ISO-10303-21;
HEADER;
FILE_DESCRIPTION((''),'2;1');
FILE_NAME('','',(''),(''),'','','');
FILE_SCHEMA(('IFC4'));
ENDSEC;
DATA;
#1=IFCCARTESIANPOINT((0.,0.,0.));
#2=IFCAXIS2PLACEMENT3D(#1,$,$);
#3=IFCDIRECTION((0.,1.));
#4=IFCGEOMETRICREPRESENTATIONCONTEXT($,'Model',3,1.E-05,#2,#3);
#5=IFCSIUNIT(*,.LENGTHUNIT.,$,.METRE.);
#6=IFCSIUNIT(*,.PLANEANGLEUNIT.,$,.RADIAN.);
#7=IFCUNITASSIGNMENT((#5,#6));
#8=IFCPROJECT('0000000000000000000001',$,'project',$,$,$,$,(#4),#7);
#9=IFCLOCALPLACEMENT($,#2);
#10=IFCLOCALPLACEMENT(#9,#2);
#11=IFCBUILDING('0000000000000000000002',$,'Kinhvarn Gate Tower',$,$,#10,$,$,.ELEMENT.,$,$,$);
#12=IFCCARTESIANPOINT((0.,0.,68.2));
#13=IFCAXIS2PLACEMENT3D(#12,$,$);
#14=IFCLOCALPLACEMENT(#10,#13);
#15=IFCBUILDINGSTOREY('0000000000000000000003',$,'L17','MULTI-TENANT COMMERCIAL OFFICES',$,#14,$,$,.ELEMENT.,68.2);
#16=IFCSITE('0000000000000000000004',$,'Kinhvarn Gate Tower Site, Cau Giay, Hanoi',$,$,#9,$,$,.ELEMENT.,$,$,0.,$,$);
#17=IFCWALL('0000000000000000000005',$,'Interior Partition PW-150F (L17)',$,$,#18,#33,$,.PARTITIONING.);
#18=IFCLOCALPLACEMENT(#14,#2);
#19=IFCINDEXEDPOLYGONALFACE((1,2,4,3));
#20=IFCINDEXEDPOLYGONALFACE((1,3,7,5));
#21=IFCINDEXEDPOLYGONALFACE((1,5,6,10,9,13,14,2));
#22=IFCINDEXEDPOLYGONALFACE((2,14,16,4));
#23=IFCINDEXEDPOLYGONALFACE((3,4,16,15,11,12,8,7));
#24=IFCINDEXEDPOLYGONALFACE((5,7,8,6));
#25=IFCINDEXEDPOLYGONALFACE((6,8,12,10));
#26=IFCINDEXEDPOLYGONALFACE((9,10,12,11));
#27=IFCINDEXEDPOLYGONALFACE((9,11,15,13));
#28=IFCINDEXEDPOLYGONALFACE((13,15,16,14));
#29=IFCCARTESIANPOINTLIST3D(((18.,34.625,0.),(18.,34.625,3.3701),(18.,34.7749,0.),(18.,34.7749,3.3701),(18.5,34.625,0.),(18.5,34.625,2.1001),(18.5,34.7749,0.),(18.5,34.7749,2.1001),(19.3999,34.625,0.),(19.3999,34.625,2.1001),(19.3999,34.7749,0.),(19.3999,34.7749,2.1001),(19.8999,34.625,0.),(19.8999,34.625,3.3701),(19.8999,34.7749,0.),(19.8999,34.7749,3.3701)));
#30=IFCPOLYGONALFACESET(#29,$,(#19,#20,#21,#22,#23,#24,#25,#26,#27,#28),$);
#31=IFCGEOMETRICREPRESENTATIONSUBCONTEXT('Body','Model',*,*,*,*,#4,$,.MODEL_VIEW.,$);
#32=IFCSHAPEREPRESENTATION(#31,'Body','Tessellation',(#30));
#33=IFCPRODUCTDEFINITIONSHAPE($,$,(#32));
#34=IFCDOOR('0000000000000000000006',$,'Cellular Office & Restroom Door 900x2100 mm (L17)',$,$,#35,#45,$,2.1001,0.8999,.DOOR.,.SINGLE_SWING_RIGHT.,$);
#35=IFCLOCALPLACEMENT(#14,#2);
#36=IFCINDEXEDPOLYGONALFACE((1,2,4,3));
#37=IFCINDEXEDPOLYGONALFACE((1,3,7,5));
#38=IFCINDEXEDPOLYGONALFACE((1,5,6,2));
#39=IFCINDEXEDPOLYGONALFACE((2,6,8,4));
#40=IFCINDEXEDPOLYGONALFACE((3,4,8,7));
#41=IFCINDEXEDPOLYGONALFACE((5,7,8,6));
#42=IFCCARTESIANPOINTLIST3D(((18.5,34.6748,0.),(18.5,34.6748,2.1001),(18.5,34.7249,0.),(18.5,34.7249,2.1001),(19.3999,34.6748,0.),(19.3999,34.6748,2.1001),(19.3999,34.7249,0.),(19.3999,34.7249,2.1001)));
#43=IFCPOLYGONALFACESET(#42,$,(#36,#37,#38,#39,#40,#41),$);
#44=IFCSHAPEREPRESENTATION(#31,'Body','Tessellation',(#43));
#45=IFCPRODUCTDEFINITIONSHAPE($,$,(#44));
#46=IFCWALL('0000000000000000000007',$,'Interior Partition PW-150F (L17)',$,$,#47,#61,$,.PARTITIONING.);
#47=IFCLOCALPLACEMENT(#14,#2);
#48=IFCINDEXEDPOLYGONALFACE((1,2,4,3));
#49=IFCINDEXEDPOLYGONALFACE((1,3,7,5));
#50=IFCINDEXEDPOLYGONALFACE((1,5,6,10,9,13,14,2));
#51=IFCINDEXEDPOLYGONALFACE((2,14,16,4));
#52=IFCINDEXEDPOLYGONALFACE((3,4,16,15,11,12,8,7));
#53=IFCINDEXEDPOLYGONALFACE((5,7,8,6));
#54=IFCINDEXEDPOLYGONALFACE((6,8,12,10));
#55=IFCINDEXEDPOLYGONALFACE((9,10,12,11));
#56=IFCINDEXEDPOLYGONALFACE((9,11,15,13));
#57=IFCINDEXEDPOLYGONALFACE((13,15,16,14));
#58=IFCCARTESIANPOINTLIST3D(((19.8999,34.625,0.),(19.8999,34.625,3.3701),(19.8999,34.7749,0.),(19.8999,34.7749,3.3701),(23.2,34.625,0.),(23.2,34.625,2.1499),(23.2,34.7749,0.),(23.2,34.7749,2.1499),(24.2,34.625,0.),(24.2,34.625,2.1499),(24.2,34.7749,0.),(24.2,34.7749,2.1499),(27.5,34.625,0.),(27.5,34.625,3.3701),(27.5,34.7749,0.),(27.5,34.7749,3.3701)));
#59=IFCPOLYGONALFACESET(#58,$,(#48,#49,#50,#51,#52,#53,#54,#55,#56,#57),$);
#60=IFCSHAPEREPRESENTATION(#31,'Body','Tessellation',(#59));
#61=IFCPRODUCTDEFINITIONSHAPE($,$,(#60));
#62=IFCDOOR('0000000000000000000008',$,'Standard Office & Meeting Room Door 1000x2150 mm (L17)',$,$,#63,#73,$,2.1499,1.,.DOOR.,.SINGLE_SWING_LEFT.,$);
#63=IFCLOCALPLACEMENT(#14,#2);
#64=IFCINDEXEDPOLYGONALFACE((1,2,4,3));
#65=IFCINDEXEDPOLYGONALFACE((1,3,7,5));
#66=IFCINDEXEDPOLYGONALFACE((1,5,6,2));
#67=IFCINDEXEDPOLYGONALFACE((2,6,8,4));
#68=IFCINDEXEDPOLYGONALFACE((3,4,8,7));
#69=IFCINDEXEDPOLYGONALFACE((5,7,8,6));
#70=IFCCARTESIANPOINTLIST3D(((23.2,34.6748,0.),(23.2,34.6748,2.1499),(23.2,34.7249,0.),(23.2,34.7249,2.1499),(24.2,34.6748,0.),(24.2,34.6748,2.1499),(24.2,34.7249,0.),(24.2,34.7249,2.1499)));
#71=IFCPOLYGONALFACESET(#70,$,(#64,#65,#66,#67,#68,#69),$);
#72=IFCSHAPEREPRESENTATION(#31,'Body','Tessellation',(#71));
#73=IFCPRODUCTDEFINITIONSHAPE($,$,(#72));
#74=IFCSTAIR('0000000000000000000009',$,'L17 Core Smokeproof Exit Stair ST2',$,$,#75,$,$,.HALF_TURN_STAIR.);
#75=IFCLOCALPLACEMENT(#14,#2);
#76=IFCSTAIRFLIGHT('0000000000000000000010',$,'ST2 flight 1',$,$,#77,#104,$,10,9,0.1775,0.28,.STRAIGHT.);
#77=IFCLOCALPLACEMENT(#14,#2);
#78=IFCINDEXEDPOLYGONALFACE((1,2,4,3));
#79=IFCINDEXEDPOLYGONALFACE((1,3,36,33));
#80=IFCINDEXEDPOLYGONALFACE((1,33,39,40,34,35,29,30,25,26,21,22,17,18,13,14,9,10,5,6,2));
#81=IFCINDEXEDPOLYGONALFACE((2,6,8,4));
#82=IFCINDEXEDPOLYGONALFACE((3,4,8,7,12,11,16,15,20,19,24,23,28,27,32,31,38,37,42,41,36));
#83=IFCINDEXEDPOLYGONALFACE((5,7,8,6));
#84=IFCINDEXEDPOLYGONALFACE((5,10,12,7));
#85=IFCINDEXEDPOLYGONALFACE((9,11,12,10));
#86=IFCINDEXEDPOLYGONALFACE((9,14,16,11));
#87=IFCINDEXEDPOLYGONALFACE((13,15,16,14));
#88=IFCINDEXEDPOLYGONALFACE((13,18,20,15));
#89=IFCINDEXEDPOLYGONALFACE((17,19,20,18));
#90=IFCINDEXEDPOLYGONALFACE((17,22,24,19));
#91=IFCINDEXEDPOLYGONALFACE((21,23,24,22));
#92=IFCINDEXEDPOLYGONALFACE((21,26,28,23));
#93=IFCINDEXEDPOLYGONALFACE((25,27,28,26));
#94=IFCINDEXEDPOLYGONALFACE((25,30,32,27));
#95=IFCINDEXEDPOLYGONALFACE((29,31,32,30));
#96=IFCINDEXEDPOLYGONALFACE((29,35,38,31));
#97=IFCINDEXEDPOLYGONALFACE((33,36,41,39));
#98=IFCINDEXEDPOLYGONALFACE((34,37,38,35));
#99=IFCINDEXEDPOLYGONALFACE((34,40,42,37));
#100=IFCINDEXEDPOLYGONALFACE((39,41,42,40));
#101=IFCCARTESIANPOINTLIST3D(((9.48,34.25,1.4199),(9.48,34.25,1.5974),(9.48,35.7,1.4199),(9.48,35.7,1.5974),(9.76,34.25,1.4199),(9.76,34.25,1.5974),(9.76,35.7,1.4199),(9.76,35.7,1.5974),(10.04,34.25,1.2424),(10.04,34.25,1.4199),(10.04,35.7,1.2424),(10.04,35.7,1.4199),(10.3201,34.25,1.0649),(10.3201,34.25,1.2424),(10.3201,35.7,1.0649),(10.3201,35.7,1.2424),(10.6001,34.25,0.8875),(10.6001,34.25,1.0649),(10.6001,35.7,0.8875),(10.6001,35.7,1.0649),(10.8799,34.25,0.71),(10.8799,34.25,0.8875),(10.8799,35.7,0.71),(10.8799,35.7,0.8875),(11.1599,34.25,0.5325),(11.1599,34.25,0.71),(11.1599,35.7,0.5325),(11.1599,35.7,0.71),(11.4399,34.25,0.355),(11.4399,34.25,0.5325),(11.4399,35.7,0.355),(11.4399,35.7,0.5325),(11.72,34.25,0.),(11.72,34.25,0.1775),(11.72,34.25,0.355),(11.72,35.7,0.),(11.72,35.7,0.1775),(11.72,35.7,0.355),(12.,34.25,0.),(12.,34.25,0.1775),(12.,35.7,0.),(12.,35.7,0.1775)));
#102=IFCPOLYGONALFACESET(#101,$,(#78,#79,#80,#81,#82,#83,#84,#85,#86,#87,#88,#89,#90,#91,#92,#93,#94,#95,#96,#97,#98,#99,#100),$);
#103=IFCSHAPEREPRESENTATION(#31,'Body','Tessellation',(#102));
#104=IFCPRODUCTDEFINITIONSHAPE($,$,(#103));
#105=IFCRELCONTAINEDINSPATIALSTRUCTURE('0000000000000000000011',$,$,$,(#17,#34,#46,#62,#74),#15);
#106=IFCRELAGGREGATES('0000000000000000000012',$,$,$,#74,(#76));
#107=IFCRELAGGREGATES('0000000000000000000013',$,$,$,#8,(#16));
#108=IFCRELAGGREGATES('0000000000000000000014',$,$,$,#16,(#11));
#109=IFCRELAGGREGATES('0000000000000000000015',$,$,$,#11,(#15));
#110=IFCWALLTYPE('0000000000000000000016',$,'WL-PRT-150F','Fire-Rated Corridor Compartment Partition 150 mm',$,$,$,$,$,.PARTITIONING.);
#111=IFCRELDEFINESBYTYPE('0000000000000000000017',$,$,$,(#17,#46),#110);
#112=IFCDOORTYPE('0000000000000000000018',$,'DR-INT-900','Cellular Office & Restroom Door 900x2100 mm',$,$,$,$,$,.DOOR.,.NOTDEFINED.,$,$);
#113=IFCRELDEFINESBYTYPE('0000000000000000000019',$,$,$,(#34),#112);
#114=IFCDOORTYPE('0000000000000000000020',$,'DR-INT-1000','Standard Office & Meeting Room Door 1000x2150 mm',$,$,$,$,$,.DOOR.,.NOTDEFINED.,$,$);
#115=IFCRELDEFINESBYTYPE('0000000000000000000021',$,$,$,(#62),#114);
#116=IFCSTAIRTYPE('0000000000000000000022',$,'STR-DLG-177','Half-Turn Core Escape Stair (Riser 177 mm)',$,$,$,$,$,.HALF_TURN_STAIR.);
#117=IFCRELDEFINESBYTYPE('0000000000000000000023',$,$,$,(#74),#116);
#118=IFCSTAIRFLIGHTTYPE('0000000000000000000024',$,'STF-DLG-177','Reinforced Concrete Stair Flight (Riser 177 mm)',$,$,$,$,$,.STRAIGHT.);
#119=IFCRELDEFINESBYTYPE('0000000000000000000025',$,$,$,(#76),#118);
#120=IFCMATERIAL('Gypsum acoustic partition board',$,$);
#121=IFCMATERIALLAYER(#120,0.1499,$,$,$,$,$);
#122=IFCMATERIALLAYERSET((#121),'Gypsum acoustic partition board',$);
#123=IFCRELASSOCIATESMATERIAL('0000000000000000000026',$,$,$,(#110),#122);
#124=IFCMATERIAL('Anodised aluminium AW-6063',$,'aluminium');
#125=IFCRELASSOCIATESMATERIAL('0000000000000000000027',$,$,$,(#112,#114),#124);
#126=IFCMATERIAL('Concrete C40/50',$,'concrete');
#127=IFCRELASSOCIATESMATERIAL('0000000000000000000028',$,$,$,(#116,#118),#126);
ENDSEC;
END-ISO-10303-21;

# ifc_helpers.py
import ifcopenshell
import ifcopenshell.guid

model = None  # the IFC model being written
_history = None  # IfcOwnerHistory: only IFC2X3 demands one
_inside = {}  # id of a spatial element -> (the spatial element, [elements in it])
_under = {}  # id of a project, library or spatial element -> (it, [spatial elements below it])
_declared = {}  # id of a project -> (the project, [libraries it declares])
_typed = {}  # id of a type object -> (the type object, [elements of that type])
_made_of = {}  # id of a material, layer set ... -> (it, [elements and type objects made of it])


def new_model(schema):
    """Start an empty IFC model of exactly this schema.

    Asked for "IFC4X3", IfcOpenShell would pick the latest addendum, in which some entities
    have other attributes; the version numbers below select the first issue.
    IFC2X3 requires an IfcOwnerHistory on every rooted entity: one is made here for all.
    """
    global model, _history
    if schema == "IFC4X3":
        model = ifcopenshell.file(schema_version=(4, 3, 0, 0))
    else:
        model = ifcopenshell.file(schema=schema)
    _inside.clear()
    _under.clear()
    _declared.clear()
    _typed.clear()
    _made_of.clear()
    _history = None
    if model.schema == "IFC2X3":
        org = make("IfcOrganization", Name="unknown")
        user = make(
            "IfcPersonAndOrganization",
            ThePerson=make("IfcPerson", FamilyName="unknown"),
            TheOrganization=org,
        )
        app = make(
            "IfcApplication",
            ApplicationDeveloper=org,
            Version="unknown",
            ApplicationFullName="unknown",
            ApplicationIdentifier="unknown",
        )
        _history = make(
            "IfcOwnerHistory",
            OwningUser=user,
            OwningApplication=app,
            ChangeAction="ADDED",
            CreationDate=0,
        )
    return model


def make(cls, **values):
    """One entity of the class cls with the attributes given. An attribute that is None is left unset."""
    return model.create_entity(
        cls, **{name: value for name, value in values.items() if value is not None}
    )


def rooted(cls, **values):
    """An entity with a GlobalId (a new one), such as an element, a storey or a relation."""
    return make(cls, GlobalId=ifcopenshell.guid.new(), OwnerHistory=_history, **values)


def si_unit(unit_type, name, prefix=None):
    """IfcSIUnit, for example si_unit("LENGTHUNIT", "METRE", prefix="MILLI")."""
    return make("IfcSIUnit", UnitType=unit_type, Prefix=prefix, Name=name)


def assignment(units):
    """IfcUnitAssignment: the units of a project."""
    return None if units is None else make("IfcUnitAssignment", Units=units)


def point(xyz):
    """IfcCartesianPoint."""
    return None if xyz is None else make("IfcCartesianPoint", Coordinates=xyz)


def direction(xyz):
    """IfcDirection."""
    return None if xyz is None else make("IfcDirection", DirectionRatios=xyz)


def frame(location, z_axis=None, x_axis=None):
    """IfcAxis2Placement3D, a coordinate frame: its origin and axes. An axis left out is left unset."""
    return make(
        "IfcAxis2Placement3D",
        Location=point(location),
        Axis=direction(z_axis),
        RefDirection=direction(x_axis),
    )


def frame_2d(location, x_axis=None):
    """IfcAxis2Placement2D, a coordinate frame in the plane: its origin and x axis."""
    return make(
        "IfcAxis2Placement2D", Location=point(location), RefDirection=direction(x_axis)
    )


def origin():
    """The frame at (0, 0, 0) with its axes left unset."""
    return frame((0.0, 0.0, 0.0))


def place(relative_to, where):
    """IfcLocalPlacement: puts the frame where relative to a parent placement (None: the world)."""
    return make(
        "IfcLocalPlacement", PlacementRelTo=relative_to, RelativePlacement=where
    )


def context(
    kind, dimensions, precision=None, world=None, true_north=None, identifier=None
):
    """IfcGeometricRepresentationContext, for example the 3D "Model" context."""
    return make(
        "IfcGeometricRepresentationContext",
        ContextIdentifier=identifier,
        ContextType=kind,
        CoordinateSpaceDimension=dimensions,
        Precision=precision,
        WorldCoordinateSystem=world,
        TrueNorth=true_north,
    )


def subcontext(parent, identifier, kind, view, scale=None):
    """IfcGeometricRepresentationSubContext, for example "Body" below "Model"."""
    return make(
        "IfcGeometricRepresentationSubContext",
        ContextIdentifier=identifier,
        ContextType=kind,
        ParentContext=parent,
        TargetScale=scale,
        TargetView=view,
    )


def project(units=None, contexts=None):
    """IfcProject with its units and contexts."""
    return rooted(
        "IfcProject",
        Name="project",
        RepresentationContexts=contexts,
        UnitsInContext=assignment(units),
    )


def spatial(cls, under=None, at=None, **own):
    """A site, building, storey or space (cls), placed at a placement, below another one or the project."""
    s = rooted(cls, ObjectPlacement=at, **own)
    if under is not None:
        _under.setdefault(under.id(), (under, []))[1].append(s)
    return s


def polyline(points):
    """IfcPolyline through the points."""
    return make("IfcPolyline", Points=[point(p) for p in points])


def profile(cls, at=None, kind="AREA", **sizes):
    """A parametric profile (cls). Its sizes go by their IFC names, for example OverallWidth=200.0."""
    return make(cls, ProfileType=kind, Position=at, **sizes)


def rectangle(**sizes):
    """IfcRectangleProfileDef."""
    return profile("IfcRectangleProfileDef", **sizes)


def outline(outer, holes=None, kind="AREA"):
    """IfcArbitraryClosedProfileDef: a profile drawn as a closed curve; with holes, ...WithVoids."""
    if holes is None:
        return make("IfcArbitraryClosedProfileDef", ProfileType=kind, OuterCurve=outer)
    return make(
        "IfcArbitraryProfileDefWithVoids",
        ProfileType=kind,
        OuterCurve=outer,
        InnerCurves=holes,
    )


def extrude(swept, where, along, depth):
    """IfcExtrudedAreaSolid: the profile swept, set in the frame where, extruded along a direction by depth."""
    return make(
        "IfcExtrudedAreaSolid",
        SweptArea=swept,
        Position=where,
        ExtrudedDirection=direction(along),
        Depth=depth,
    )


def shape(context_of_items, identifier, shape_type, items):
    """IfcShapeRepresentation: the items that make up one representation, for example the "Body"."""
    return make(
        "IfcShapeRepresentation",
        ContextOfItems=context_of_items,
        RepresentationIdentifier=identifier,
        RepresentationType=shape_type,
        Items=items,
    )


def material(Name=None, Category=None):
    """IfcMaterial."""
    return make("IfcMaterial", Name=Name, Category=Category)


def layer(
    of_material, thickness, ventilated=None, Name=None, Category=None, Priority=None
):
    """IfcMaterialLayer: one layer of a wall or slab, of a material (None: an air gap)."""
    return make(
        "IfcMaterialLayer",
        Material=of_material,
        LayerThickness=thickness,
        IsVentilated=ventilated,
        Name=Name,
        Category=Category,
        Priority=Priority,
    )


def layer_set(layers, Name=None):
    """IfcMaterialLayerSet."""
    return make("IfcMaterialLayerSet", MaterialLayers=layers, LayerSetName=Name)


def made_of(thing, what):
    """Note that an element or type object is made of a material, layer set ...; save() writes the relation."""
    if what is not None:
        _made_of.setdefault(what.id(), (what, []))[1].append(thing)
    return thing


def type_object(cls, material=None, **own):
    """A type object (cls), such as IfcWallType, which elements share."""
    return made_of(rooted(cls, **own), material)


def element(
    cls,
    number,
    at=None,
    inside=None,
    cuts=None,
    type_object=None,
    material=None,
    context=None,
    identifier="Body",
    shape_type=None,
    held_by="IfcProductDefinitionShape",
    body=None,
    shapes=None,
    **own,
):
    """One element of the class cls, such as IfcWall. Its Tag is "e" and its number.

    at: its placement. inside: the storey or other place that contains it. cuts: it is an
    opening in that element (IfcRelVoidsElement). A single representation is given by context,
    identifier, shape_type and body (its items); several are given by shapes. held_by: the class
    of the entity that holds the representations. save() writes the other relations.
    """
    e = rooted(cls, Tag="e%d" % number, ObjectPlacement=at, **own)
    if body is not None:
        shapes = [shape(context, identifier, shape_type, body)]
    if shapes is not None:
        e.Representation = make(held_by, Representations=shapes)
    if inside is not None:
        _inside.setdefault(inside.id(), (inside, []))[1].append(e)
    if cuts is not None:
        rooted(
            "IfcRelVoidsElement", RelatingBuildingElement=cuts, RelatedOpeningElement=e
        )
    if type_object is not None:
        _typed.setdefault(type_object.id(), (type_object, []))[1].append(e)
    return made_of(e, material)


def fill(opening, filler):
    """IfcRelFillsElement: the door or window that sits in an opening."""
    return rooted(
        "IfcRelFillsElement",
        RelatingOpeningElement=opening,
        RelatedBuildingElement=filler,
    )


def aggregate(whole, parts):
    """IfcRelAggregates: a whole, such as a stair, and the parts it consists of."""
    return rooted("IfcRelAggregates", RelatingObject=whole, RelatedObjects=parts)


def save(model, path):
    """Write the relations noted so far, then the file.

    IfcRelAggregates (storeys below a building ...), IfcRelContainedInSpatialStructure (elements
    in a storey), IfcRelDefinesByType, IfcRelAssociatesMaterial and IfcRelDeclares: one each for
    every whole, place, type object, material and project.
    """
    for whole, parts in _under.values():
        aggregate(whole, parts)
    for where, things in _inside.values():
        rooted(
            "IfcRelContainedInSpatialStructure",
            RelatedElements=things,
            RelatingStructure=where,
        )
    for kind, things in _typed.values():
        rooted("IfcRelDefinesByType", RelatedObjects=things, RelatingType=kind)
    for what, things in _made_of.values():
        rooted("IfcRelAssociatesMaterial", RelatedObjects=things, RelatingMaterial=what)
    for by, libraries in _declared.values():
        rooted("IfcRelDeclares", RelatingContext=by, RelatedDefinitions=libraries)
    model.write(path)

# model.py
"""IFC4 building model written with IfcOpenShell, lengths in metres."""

from ifc_helpers import new_model, si_unit, direction, frame, frame_2d, origin, place, context, subcontext, project, spatial, polyline, rectangle, outline, extrude, material, layer, layer_set, type_object, element, fill, aggregate, save


model = new_model("IFC4")

# Units and contexts
model_context = context("Model", 3, precision=1e-05, world=origin(), true_north=direction((0.0, 1.0)))
body_context = subcontext(model_context, "Body", "Model", "MODEL_VIEW")
ifc_project = project(units=[si_unit("LENGTHUNIT", "METRE"), si_unit("PLANEANGLEUNIT", "RADIAN")], contexts=[model_context])

# Site, building, storey
site_placement = place(None, origin())
site = spatial("IfcSite", under=ifc_project, at=site_placement, Name="Kinhvarn Gate Tower Site, Cau Giay, Hanoi", CompositionType="ELEMENT", RefElevation=0.0)
building_placement = place(site_placement, origin())
building = spatial("IfcBuilding", under=site, at=building_placement, Name="Kinhvarn Gate Tower", CompositionType="ELEMENT")
storey_placement = place(building_placement, frame((0.0, 0.0, 68.2)))
storey = spatial("IfcBuildingStorey", under=building, at=storey_placement, Name="L17", Description="MULTI-TENANT COMMERCIAL OFFICES", CompositionType="ELEMENT", Elevation=68.2)

# Shared definitions
ifc_material_1 = material(Name="Anodised aluminium AW-6063", Category="aluminium")

# Shared definitions
ifc_material_2 = material(Name="Gypsum acoustic partition board")
ifc_layer_1 = layer(ifc_material_2, 0.1499)
ifc_layer_set_1 = layer_set([ifc_layer_1], Name="Gypsum acoustic partition board")
wall_type_1 = type_object("IfcWallType", Name="WL-PRT-150F", Description="Fire-Rated Corridor Compartment Partition 150 mm", PredefinedType="PARTITIONING", material=ifc_layer_set_1)

# Walls, openings, doors
wall_1_placement = place(storey_placement, frame((18.0, 34.7, 0.0), z_axis=(0.0, 0.0, 1.0), x_axis=(1.0, 0.0, 0.0)))
wall_1 = element("IfcWall", 1, at=wall_1_placement, inside=storey, type_object=wall_type_1, Name="Interior Partition PW-150F (L17)", PredefinedType="PARTITIONING", context=body_context, shape_type="SweptSolid", body=[
    extrude(rectangle(XDim=1.8999, YDim=0.1499, at=frame_2d((0.95, 0.0))), origin(), (0.0, 0.0, 1.0), 3.3701),
])
opening_1_placement = place(wall_1_placement, frame((0.5, 0.0, 0.0)))
opening_1 = element("IfcOpeningElement", 2, at=opening_1_placement, cuts=wall_1, PredefinedType="OPENING", context=body_context, shape_type="SweptSolid", body=[
    extrude(rectangle(XDim=0.8999, YDim=2.1001, at=frame_2d((0.45, 1.05))), frame((0.0, 0.085, 0.0), z_axis=(0.0, -1.0, 0.0), x_axis=(1.0, 0.0, 0.0)), (0.0, 0.0, 1.0), 0.1699),
])
door_type_1 = type_object("IfcDoorType", Name="DR-INT-900", Description="Cellular Office & Restroom Door 900x2100 mm", OperationType="NOTDEFINED", PredefinedType="DOOR", material=ifc_material_1)
door_1_placement = place(opening_1_placement, origin())
door_1 = element("IfcDoor", 3, at=door_1_placement, inside=storey, type_object=door_type_1, Name="Cellular Office & Restroom Door 900x2100 mm (L17)", OperationType="SINGLE_SWING_RIGHT", OverallHeight=2.1001, OverallWidth=0.8999, PredefinedType="DOOR", context=body_context, shape_type="SweptSolid", body=[
    extrude(rectangle(XDim=0.8999, YDim=2.1001, at=frame_2d((0.45, 1.05))), frame((0.0, 0.0249, 0.0), z_axis=(0.0, -1.0, 0.0), x_axis=(1.0, 0.0, 0.0)), (0.0, 0.0, 1.0), 0.05),
])
fill(opening_1, door_1)
wall_2_placement = place(storey_placement, frame((19.8999, 34.7, 0.0), z_axis=(0.0, 0.0, 1.0), x_axis=(1.0, 0.0, 0.0)))
wall_2 = element("IfcWall", 4, at=wall_2_placement, inside=storey, type_object=wall_type_1, Name="Interior Partition PW-150F (L17)", PredefinedType="PARTITIONING", context=body_context, shape_type="SweptSolid", body=[
    extrude(rectangle(XDim=7.6001, YDim=0.1499, at=frame_2d((3.8, 0.0))), origin(), (0.0, 0.0, 1.0), 3.3701),
])
opening_2_placement = place(wall_2_placement, frame((3.3, 0.0, 0.0)))
opening_2 = element("IfcOpeningElement", 5, at=opening_2_placement, cuts=wall_2, PredefinedType="OPENING", context=body_context, shape_type="SweptSolid", body=[
    extrude(rectangle(XDim=1.0, YDim=2.1499, at=frame_2d((0.5, 1.075))), frame((0.0, 0.085, 0.0), z_axis=(0.0, -1.0, 0.0), x_axis=(1.0, 0.0, 0.0)), (0.0, 0.0, 1.0), 0.1699),
])
door_type_2 = type_object("IfcDoorType", Name="DR-INT-1000", Description="Standard Office & Meeting Room Door 1000x2150 mm", OperationType="NOTDEFINED", PredefinedType="DOOR", material=ifc_material_1)
door_2_placement = place(opening_2_placement, origin())
door_2 = element("IfcDoor", 6, at=door_2_placement, inside=storey, type_object=door_type_2, Name="Standard Office & Meeting Room Door 1000x2150 mm (L17)", OperationType="SINGLE_SWING_LEFT", OverallHeight=2.1499, OverallWidth=1.0, PredefinedType="DOOR", context=body_context, shape_type="SweptSolid", body=[
    extrude(rectangle(XDim=1.0, YDim=2.1499, at=frame_2d((0.5, 1.075))), frame((0.0, 0.0249, 0.0), z_axis=(0.0, -1.0, 0.0), x_axis=(1.0, 0.0, 0.0)), (0.0, 0.0, 1.0), 0.05),
])
fill(opening_2, door_2)
ifc_material_3 = material(Name="Concrete C40/50", Category="concrete")

# Stair, stair flight
stair_type = type_object("IfcStairType", Name="STR-DLG-177", Description="Half-Turn Core Escape Stair (Riser 177 mm)", PredefinedType="HALF_TURN_STAIR", material=ifc_material_3)
stair_placement = place(storey_placement, origin())
stair = element("IfcStair", 7, at=stair_placement, inside=storey, type_object=stair_type, Name="L17 Core Smokeproof Exit Stair ST2", PredefinedType="HALF_TURN_STAIR")
stair_flight_type = type_object("IfcStairFlightType", Name="STF-DLG-177", Description="Reinforced Concrete Stair Flight (Riser 177 mm)", PredefinedType="STRAIGHT", material=ifc_material_3)
stair_flight_placement = place(storey_placement, frame((12.0, 34.9751, 0.0), z_axis=(0.0, 0.0, 1.0), x_axis=(-1.0, 0.0, 0.0)))
stair_flight = element("IfcStairFlight", 8, at=stair_flight_placement, type_object=stair_flight_type, Name="ST2 flight 1", NumberOfRisers=10, NumberOfTreads=9, PredefinedType="STRAIGHT", RiserHeight=0.1775, TreadLength=0.28, context=body_context, shape_type="SweptSolid", body=[
    extrude(outline(polyline([(0.0, 0.0), (0.0, 0.1775), (0.28, 0.1775), (0.28, 0.355), (0.5601, 0.355), (0.5601, 0.5325), (0.8401, 0.5325), (0.8401, 0.71), (1.1201, 0.71), (1.1201, 0.8875), (1.3999, 0.8875), (1.3999, 1.0649), (1.6799, 1.0649), (1.6799, 1.2424), (1.96, 1.2424), (1.96, 1.4199), (2.24, 1.4199), (2.24, 1.5974), (2.52, 1.5974), (2.52, 1.7749), (2.52, 1.4199), (0.28, 0.0), (0.0, 0.0)])), frame((0.0, 0.7251, 0.0), z_axis=(0.0, -1.0, 0.0), x_axis=(1.0, 0.0, 0.0)), (0.0, 0.0, 1.0), 1.45),
])
aggregate(stair, [stair_flight])

save(model, "model.ifc")
